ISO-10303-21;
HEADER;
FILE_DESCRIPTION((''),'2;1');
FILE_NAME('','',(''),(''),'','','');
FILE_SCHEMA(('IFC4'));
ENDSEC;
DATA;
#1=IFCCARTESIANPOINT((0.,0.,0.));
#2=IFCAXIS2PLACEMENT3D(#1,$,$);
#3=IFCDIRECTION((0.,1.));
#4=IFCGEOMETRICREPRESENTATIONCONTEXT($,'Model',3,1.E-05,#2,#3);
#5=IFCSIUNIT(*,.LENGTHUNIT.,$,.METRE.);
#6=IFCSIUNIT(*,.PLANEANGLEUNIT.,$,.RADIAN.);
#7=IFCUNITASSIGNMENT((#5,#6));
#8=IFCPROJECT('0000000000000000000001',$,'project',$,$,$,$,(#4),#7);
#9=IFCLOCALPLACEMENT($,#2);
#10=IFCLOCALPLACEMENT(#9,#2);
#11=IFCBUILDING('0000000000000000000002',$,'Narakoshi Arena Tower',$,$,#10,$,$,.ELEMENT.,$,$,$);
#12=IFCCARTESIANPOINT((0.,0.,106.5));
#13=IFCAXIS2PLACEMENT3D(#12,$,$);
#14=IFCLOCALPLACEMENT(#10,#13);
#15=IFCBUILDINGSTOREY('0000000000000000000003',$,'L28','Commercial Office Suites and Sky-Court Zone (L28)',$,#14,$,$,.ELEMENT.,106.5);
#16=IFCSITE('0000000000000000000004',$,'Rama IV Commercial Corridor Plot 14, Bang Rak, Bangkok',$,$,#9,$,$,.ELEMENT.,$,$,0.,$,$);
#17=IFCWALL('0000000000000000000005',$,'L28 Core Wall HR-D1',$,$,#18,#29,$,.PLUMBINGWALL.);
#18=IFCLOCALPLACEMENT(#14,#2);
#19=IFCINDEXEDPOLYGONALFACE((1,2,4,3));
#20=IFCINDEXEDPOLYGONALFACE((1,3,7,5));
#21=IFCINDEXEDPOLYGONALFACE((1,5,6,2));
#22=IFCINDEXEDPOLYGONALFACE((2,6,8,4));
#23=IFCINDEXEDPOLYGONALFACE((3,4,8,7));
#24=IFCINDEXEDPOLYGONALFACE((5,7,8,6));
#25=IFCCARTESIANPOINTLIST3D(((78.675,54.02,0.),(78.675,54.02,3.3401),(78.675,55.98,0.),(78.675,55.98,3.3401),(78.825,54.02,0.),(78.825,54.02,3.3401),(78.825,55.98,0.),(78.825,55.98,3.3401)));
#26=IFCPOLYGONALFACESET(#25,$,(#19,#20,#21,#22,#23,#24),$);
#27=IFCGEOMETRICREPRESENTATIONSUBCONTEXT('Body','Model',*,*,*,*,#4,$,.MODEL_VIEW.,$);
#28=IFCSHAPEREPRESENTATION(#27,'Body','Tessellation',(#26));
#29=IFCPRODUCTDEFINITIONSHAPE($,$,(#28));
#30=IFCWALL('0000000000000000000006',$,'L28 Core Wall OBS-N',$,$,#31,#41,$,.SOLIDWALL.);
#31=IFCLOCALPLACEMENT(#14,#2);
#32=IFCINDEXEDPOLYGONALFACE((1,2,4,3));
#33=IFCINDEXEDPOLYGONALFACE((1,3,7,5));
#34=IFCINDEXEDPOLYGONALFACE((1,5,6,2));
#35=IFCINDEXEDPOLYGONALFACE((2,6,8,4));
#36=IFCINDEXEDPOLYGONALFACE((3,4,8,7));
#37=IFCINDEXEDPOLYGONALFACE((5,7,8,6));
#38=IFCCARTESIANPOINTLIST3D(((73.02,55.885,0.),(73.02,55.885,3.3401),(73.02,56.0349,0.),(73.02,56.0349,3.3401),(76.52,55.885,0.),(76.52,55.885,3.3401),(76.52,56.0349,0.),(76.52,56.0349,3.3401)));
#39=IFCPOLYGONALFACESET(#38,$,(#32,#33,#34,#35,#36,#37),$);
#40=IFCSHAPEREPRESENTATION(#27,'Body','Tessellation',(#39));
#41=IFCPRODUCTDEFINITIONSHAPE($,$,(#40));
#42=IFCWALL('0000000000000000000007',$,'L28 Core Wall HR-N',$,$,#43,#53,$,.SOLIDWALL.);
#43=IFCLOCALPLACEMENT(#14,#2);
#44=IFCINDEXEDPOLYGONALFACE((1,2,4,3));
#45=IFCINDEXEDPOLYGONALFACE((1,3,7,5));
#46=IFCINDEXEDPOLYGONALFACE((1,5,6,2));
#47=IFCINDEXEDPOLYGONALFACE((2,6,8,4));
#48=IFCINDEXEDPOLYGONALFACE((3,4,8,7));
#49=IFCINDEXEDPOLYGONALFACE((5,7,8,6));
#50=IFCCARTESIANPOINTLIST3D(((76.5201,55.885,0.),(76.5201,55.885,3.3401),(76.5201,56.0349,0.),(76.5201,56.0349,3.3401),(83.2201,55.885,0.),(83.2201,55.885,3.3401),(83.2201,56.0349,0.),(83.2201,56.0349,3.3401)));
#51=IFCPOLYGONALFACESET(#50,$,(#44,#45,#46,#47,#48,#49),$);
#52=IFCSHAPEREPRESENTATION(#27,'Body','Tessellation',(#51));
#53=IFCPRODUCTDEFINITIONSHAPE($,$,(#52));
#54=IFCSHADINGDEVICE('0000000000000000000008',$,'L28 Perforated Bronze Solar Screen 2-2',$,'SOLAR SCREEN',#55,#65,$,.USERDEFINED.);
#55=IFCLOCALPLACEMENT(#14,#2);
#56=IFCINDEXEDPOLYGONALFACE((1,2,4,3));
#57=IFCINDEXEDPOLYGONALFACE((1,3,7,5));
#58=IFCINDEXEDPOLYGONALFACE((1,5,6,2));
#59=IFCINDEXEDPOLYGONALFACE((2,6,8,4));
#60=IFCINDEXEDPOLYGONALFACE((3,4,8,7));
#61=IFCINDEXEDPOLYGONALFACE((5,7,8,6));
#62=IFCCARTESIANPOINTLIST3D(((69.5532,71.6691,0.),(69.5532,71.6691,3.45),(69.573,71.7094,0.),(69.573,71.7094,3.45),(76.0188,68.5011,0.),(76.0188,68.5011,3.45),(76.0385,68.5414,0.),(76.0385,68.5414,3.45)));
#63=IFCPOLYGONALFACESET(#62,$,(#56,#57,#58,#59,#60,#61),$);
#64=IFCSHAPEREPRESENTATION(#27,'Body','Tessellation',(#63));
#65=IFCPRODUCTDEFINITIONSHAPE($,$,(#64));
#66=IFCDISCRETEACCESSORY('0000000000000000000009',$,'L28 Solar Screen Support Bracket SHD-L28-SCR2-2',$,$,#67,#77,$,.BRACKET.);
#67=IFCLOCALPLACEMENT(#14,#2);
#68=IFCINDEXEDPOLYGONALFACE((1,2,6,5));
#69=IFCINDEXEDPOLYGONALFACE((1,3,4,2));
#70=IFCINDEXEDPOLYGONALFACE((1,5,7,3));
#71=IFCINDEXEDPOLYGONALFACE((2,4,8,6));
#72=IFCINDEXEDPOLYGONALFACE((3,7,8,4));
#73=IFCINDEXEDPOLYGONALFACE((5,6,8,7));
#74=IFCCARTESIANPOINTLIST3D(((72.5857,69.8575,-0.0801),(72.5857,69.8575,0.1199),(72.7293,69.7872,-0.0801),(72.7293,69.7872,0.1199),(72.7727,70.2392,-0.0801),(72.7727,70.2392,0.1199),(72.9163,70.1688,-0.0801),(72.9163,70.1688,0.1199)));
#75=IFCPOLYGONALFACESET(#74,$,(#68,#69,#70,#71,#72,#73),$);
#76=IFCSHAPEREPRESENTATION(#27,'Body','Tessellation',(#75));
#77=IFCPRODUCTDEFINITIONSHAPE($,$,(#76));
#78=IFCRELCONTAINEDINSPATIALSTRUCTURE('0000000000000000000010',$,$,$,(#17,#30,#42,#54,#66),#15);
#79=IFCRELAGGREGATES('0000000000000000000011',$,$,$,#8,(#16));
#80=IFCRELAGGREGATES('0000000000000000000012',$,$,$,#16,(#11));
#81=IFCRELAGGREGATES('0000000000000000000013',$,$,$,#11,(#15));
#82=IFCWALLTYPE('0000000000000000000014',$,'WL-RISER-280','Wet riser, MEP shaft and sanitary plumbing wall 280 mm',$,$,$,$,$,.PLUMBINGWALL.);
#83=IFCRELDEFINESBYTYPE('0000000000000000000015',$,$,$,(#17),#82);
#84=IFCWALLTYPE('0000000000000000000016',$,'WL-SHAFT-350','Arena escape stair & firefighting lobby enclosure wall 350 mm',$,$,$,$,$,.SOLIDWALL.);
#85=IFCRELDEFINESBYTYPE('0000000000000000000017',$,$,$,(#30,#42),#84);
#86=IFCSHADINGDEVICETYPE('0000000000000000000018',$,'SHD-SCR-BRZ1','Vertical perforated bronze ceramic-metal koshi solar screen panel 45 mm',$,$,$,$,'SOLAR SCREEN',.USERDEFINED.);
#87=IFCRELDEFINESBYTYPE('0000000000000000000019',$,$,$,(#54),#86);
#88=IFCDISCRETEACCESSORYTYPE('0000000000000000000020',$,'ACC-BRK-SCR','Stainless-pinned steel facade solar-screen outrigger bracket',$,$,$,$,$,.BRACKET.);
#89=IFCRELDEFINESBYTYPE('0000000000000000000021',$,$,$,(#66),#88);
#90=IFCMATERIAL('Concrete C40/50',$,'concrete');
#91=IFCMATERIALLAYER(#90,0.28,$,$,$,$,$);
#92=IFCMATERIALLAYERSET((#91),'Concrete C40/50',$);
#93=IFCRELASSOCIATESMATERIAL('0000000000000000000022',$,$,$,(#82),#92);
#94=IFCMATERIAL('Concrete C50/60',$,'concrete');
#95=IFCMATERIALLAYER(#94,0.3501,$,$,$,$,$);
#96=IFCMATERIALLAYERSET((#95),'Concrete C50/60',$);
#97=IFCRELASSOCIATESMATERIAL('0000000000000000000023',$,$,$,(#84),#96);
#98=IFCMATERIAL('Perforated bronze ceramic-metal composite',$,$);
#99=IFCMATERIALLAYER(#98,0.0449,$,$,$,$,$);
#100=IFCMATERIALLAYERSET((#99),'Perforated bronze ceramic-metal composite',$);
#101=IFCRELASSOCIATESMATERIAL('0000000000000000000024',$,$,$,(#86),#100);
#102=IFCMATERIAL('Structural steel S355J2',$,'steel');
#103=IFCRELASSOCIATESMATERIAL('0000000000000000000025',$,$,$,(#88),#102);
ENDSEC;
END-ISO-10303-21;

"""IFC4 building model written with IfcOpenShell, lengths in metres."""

from ifc_helpers import new_model, si_unit, direction, frame, frame_2d, origin, origin_2d, place, context, subcontext, project, spatial, rectangle, extrude, material, layer, layer_set, type_object, element, save


model = new_model("IFC4")

# Units and contexts
model_context = context("Model", 3, precision=1e-05, world=origin(), true_north=direction((0.0, 1.0)))
body_context = subcontext(model_context, "Body", "Model", "MODEL_VIEW")
ifc_project = project(units=[si_unit("LENGTHUNIT", "METRE"), si_unit("PLANEANGLEUNIT", "RADIAN")], contexts=[model_context])

# Site, building, storey
site_placement = place(None, origin())
site = spatial("IfcSite", under=ifc_project, at=site_placement, Name="Rama IV Commercial Corridor Plot 14, Bang Rak, Bangkok", CompositionType="ELEMENT", RefElevation=0.0)
building_placement = place(site_placement, origin())
building = spatial("IfcBuilding", under=site, at=building_placement, Name="Narakoshi Arena Tower", CompositionType="ELEMENT")
storey_placement = place(building_placement, frame((0.0, 0.0, 106.5)))
storey = spatial("IfcBuildingStorey", under=building, at=storey_placement, Name="L28", Description="Commercial Office Suites and Sky-Court Zone (L28)", CompositionType="ELEMENT", Elevation=106.5)

# Walls
ifc_material_1 = material(Name="Concrete C40/50", Category="concrete")
ifc_layer_1 = layer(ifc_material_1, 0.28)
ifc_layer_set_1 = layer_set([ifc_layer_1], Name="Concrete C40/50")
wall_type_1 = type_object("IfcWallType", Name="WL-RISER-280", Description="Wet riser, MEP shaft and sanitary plumbing wall 280 mm", PredefinedType="PLUMBINGWALL", material=ifc_layer_set_1)
wall_1_placement = place(storey_placement, frame((78.75, 54.02, 0.0), z_axis=(0.0, 0.0, 1.0), x_axis=(0.0, 1.0, 0.0)))
element("IfcWall", 1, at=wall_1_placement, inside=storey, type_object=wall_type_1, Name="L28 Core Wall HR-D1", PredefinedType="PLUMBINGWALL", context=body_context, shape_type="SweptSolid", body=[
    extrude(rectangle(XDim=1.96, YDim=0.1499, at=frame_2d((0.98, 0.0))), origin(), (0.0, 0.0, 1.0), 3.3401),
])
ifc_material_2 = material(Name="Concrete C50/60", Category="concrete")
ifc_layer_2 = layer(ifc_material_2, 0.3501)
ifc_layer_set_2 = layer_set([ifc_layer_2], Name="Concrete C50/60")
wall_type_2 = type_object("IfcWallType", Name="WL-SHAFT-350", Description="Arena escape stair & firefighting lobby enclosure wall 350 mm", PredefinedType="SOLIDWALL", material=ifc_layer_set_2)
wall_2_placement = place(storey_placement, frame((73.02, 55.96, 0.0), z_axis=(0.0, 0.0, 1.0), x_axis=(1.0, 0.0, 0.0)))
element("IfcWall", 2, at=wall_2_placement, inside=storey, type_object=wall_type_2, Name="L28 Core Wall OBS-N", PredefinedType="SOLIDWALL", context=body_context, shape_type="SweptSolid", body=[
    extrude(rectangle(XDim=3.5, YDim=0.1499, at=frame_2d((1.75, 0.0))), origin(), (0.0, 0.0, 1.0), 3.3401),
])
wall_3_placement = place(storey_placement, frame((76.52, 55.96, 0.0), z_axis=(0.0, 0.0, 1.0), x_axis=(1.0, 0.0, 0.0)))
element("IfcWall", 3, at=wall_3_placement, inside=storey, type_object=wall_type_2, Name="L28 Core Wall HR-N", PredefinedType="SOLIDWALL", context=body_context, shape_type="SweptSolid", body=[
    extrude(rectangle(XDim=6.7, YDim=0.1499, at=frame_2d((3.3501, 0.0))), origin(), (0.0, 0.0, 1.0), 3.3401),
])

# Shading device
ifc_material_3 = material(Name="Perforated bronze ceramic-metal composite")
ifc_layer_3 = layer(ifc_material_3, 0.0449)
ifc_layer_set_3 = layer_set([ifc_layer_3], Name="Perforated bronze ceramic-metal composite")
shading_device_type = type_object("IfcShadingDeviceType", Name="SHD-SCR-BRZ1", Description="Vertical perforated bronze ceramic-metal koshi solar screen panel 45 mm", ElementType="SOLAR SCREEN", PredefinedType="USERDEFINED", material=ifc_layer_set_3)
shading_device_placement = place(storey_placement, frame((72.7959, 70.1052, 0.0), z_axis=(0.0, 0.0, 1.0), x_axis=(-0.897997, 0.440002, 0.0)))
element("IfcShadingDevice", 4, at=shading_device_placement, inside=storey, type_object=shading_device_type, Name="L28 Perforated Bronze Solar Screen 2-2", ObjectType="SOLAR SCREEN", PredefinedType="USERDEFINED", context=body_context, shape_type="SweptSolid", body=[
    extrude(rectangle(XDim=7.2, YDim=0.0449, at=origin_2d()), origin(), (0.0, 0.0, 1.0), 3.45),
])

# Discrete accessory
ifc_material_4 = material(Name="Structural steel S355J2", Category="steel")
discrete_accessory_type = type_object("IfcDiscreteAccessoryType", Name="ACC-BRK-SCR", Description="Stainless-pinned steel facade solar-screen outrigger bracket", PredefinedType="BRACKET", material=ifc_material_4)
discrete_accessory_placement = place(storey_placement, frame((72.751, 70.0132, -0.0801), z_axis=(0.0, 0.0, 1.0), x_axis=(-0.897997, 0.440002, 0.0)))
element("IfcDiscreteAccessory", 5, at=discrete_accessory_placement, inside=storey, type_object=discrete_accessory_type, Name="L28 Solar Screen Support Bracket SHD-L28-SCR2-2", PredefinedType="BRACKET", context=body_context, shape_type="SweptSolid", body=[
    extrude(rectangle(XDim=0.1599, YDim=0.425, at=origin_2d()), origin(), (0.0, 0.0, 1.0), 0.2),
])

save(model, "model.ifc")
